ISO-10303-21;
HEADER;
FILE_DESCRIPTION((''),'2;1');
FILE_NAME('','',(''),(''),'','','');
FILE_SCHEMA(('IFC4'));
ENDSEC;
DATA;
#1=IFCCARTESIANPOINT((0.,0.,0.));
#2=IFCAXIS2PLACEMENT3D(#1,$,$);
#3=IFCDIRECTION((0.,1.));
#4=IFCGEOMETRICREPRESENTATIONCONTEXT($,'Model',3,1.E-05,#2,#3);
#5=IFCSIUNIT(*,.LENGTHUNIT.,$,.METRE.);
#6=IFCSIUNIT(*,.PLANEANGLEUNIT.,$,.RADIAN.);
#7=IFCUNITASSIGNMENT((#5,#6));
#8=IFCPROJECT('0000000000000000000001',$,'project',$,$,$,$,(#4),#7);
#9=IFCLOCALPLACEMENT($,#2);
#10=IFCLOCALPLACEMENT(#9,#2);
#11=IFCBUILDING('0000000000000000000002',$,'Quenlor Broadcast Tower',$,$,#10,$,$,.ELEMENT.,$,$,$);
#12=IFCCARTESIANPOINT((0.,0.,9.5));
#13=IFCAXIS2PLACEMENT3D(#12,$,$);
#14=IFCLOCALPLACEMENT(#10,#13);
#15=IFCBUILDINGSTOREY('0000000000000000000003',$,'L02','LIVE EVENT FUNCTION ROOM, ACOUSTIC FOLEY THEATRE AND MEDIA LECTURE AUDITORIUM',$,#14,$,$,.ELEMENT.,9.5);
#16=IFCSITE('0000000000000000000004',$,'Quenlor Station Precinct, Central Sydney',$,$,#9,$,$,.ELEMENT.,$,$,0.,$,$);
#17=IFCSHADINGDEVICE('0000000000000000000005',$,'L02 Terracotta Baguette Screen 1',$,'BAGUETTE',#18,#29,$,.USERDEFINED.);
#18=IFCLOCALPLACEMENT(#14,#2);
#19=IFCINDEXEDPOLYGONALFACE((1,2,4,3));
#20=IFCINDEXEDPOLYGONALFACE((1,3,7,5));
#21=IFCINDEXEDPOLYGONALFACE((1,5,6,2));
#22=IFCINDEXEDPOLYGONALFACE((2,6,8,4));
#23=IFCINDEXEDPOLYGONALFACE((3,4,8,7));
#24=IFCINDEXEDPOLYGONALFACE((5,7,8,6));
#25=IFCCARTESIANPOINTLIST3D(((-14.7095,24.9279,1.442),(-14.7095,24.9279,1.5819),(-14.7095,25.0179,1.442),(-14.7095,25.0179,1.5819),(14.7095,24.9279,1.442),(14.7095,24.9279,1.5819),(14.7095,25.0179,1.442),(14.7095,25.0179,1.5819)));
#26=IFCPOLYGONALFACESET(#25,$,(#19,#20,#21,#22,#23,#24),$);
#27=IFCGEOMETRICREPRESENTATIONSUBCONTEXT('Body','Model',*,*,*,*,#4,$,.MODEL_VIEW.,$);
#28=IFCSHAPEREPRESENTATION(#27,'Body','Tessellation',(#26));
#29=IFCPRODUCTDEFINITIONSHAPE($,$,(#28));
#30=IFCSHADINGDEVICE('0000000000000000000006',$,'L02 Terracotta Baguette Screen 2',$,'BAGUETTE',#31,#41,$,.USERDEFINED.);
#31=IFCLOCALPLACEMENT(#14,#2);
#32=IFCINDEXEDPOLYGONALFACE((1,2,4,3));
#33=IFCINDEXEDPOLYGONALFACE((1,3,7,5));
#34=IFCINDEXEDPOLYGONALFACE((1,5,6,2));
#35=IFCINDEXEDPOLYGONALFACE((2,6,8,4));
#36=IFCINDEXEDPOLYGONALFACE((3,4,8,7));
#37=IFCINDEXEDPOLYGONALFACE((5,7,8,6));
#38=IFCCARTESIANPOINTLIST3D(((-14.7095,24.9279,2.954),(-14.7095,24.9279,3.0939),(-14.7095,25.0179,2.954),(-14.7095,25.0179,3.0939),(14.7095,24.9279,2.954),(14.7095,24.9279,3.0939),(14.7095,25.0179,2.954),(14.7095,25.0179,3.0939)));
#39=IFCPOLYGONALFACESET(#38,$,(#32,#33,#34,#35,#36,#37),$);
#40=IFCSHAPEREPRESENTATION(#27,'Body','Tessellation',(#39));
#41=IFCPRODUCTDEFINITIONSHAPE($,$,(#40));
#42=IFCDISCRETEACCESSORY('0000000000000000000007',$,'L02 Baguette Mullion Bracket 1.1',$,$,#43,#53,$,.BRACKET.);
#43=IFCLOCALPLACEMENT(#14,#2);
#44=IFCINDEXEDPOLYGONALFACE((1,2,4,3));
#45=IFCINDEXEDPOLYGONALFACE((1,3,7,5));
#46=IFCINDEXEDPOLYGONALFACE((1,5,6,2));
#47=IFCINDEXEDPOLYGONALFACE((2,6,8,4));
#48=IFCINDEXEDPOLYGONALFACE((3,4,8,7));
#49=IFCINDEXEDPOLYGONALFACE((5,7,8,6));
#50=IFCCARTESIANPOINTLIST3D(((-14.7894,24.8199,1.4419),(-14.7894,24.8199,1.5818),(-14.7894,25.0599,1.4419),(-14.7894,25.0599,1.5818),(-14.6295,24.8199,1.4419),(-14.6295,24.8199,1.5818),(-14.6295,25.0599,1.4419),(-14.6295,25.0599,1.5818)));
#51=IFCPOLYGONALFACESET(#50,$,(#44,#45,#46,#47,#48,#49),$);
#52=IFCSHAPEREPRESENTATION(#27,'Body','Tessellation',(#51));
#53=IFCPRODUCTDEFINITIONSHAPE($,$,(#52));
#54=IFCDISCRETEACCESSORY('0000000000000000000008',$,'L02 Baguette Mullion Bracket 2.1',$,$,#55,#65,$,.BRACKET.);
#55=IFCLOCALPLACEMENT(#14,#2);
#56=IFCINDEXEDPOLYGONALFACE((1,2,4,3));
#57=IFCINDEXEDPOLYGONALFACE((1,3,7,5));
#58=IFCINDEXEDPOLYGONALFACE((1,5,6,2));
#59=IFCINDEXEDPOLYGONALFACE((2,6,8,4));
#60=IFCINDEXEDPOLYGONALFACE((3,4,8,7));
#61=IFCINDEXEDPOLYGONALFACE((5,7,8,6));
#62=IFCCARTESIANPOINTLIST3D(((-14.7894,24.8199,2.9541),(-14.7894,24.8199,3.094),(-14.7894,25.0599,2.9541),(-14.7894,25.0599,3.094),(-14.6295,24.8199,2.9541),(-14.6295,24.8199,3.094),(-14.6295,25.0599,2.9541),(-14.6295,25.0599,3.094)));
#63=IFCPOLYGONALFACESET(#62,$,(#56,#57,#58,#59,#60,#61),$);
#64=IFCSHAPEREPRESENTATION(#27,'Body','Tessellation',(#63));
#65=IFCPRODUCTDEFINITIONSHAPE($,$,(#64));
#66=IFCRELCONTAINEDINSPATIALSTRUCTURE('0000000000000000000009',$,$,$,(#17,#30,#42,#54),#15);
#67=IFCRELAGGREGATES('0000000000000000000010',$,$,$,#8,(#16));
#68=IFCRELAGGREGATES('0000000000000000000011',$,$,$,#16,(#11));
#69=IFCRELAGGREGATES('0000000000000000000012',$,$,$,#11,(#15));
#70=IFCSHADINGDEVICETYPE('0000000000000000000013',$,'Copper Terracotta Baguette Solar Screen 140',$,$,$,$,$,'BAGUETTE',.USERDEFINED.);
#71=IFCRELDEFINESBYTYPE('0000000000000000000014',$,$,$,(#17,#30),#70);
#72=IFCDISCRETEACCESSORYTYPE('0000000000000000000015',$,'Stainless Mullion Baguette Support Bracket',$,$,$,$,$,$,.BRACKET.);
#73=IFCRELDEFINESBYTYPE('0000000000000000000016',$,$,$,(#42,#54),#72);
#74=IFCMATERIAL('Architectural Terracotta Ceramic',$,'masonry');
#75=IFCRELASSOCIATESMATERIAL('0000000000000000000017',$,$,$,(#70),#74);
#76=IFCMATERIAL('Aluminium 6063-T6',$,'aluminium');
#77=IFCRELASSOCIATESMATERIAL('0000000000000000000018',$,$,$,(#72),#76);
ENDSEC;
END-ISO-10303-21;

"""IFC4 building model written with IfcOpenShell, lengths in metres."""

from ifc_helpers import new_model, si_unit, direction, frame, origin, origin_2d, place, context, subcontext, project, spatial, rectangle, extrude, material, material_profile, profile_set, type_object, element, save


model = new_model("IFC4")

# Units and contexts
model_context = context("Model", 3, precision=1e-05, world=origin(), true_north=direction((0.0, 1.0)))
body_context = subcontext(model_context, "Body", "Model", "MODEL_VIEW")
ifc_project = project(units=[si_unit("LENGTHUNIT", "METRE"), si_unit("PLANEANGLEUNIT", "RADIAN")], contexts=[model_context])

# Site, building, storey
site_placement = place(None, origin())
site = spatial("IfcSite", under=ifc_project, at=site_placement, Name="Quenlor Station Precinct, Central Sydney", CompositionType="ELEMENT", RefElevation=0.0)
building_placement = place(site_placement, origin())
building = spatial("IfcBuilding", under=site, at=building_placement, Name="Quenlor Broadcast Tower", CompositionType="ELEMENT")
storey_placement = place(building_placement, frame((0.0, 0.0, 9.5)))
storey = spatial("IfcBuildingStorey", under=building, at=storey_placement, Name="L02", Description="LIVE EVENT FUNCTION ROOM, ACOUSTIC FOLEY THEATRE AND MEDIA LECTURE AUDITORIUM", CompositionType="ELEMENT", Elevation=9.5)

# Shading devices
ifc_material_1 = material(Name="Architectural Terracotta Ceramic", Category="masonry")
ifc_material_profile_1 = material_profile(ifc_material_1, rectangle(XDim=0.0901, YDim=0.1399, at=origin_2d()))
ifc_profile_set_1 = profile_set([ifc_material_profile_1], Name="Architectural Terracotta Ceramic BAG90x140")
shading_device_type = type_object("IfcShadingDeviceType", Name="Copper Terracotta Baguette Solar Screen 140", ElementType="BAGUETTE", PredefinedType="USERDEFINED", material=ifc_profile_set_1)
for number, where, z_axis, x_axis, name in (
    (1, (-14.7095, 24.9729, 1.512), (1.0, 0.0, 0.0), (0.0, 1.0, 0.0), "L02 Terracotta Baguette Screen 1"),
    (2, (-14.7095, 24.9729, 3.0239), (1.0, 0.0, 0.0), (0.0, 1.0, 0.0), "L02 Terracotta Baguette Screen 2"),
):
    element("IfcShadingDevice", number, at=place(storey_placement, frame(where, z_axis=z_axis, x_axis=x_axis)), inside=storey, type_object=shading_device_type, Name=name, ObjectType="BAGUETTE", PredefinedType="USERDEFINED", context=body_context, shape_type="SweptSolid", body=[
        extrude(rectangle(XDim=0.0901, YDim=0.1399, at=origin_2d()), origin(), (0.0, 0.0, 1.0), 29.4189),
    ])

# Discrete accessories
ifc_material_2 = material(Name="Aluminium 6063-T6", Category="aluminium")
discrete_accessory_type = type_object("IfcDiscreteAccessoryType", Name="Stainless Mullion Baguette Support Bracket", PredefinedType="BRACKET", material=ifc_material_2)
for number, where, z_axis, x_axis, name in (
    (3, (-14.7095, 24.9399, 1.4419), (0.0, 0.0, 1.0), (1.0, 0.0, 0.0), "L02 Baguette Mullion Bracket 1.1"),
    (4, (-14.7095, 24.9399, 2.9541), (0.0, 0.0, 1.0), (1.0, 0.0, 0.0), "L02 Baguette Mullion Bracket 2.1"),
):
    element("IfcDiscreteAccessory", number, at=place(storey_placement, frame(where, z_axis=z_axis, x_axis=x_axis)), inside=storey, type_object=discrete_accessory_type, Name=name, PredefinedType="BRACKET", context=body_context, shape_type="SweptSolid", body=[
        extrude(rectangle(XDim=0.1599, YDim=0.24, at=origin_2d()), origin(), (0.0, 0.0, 1.0), 0.1399),
    ])

save(model, "model.ifc")
